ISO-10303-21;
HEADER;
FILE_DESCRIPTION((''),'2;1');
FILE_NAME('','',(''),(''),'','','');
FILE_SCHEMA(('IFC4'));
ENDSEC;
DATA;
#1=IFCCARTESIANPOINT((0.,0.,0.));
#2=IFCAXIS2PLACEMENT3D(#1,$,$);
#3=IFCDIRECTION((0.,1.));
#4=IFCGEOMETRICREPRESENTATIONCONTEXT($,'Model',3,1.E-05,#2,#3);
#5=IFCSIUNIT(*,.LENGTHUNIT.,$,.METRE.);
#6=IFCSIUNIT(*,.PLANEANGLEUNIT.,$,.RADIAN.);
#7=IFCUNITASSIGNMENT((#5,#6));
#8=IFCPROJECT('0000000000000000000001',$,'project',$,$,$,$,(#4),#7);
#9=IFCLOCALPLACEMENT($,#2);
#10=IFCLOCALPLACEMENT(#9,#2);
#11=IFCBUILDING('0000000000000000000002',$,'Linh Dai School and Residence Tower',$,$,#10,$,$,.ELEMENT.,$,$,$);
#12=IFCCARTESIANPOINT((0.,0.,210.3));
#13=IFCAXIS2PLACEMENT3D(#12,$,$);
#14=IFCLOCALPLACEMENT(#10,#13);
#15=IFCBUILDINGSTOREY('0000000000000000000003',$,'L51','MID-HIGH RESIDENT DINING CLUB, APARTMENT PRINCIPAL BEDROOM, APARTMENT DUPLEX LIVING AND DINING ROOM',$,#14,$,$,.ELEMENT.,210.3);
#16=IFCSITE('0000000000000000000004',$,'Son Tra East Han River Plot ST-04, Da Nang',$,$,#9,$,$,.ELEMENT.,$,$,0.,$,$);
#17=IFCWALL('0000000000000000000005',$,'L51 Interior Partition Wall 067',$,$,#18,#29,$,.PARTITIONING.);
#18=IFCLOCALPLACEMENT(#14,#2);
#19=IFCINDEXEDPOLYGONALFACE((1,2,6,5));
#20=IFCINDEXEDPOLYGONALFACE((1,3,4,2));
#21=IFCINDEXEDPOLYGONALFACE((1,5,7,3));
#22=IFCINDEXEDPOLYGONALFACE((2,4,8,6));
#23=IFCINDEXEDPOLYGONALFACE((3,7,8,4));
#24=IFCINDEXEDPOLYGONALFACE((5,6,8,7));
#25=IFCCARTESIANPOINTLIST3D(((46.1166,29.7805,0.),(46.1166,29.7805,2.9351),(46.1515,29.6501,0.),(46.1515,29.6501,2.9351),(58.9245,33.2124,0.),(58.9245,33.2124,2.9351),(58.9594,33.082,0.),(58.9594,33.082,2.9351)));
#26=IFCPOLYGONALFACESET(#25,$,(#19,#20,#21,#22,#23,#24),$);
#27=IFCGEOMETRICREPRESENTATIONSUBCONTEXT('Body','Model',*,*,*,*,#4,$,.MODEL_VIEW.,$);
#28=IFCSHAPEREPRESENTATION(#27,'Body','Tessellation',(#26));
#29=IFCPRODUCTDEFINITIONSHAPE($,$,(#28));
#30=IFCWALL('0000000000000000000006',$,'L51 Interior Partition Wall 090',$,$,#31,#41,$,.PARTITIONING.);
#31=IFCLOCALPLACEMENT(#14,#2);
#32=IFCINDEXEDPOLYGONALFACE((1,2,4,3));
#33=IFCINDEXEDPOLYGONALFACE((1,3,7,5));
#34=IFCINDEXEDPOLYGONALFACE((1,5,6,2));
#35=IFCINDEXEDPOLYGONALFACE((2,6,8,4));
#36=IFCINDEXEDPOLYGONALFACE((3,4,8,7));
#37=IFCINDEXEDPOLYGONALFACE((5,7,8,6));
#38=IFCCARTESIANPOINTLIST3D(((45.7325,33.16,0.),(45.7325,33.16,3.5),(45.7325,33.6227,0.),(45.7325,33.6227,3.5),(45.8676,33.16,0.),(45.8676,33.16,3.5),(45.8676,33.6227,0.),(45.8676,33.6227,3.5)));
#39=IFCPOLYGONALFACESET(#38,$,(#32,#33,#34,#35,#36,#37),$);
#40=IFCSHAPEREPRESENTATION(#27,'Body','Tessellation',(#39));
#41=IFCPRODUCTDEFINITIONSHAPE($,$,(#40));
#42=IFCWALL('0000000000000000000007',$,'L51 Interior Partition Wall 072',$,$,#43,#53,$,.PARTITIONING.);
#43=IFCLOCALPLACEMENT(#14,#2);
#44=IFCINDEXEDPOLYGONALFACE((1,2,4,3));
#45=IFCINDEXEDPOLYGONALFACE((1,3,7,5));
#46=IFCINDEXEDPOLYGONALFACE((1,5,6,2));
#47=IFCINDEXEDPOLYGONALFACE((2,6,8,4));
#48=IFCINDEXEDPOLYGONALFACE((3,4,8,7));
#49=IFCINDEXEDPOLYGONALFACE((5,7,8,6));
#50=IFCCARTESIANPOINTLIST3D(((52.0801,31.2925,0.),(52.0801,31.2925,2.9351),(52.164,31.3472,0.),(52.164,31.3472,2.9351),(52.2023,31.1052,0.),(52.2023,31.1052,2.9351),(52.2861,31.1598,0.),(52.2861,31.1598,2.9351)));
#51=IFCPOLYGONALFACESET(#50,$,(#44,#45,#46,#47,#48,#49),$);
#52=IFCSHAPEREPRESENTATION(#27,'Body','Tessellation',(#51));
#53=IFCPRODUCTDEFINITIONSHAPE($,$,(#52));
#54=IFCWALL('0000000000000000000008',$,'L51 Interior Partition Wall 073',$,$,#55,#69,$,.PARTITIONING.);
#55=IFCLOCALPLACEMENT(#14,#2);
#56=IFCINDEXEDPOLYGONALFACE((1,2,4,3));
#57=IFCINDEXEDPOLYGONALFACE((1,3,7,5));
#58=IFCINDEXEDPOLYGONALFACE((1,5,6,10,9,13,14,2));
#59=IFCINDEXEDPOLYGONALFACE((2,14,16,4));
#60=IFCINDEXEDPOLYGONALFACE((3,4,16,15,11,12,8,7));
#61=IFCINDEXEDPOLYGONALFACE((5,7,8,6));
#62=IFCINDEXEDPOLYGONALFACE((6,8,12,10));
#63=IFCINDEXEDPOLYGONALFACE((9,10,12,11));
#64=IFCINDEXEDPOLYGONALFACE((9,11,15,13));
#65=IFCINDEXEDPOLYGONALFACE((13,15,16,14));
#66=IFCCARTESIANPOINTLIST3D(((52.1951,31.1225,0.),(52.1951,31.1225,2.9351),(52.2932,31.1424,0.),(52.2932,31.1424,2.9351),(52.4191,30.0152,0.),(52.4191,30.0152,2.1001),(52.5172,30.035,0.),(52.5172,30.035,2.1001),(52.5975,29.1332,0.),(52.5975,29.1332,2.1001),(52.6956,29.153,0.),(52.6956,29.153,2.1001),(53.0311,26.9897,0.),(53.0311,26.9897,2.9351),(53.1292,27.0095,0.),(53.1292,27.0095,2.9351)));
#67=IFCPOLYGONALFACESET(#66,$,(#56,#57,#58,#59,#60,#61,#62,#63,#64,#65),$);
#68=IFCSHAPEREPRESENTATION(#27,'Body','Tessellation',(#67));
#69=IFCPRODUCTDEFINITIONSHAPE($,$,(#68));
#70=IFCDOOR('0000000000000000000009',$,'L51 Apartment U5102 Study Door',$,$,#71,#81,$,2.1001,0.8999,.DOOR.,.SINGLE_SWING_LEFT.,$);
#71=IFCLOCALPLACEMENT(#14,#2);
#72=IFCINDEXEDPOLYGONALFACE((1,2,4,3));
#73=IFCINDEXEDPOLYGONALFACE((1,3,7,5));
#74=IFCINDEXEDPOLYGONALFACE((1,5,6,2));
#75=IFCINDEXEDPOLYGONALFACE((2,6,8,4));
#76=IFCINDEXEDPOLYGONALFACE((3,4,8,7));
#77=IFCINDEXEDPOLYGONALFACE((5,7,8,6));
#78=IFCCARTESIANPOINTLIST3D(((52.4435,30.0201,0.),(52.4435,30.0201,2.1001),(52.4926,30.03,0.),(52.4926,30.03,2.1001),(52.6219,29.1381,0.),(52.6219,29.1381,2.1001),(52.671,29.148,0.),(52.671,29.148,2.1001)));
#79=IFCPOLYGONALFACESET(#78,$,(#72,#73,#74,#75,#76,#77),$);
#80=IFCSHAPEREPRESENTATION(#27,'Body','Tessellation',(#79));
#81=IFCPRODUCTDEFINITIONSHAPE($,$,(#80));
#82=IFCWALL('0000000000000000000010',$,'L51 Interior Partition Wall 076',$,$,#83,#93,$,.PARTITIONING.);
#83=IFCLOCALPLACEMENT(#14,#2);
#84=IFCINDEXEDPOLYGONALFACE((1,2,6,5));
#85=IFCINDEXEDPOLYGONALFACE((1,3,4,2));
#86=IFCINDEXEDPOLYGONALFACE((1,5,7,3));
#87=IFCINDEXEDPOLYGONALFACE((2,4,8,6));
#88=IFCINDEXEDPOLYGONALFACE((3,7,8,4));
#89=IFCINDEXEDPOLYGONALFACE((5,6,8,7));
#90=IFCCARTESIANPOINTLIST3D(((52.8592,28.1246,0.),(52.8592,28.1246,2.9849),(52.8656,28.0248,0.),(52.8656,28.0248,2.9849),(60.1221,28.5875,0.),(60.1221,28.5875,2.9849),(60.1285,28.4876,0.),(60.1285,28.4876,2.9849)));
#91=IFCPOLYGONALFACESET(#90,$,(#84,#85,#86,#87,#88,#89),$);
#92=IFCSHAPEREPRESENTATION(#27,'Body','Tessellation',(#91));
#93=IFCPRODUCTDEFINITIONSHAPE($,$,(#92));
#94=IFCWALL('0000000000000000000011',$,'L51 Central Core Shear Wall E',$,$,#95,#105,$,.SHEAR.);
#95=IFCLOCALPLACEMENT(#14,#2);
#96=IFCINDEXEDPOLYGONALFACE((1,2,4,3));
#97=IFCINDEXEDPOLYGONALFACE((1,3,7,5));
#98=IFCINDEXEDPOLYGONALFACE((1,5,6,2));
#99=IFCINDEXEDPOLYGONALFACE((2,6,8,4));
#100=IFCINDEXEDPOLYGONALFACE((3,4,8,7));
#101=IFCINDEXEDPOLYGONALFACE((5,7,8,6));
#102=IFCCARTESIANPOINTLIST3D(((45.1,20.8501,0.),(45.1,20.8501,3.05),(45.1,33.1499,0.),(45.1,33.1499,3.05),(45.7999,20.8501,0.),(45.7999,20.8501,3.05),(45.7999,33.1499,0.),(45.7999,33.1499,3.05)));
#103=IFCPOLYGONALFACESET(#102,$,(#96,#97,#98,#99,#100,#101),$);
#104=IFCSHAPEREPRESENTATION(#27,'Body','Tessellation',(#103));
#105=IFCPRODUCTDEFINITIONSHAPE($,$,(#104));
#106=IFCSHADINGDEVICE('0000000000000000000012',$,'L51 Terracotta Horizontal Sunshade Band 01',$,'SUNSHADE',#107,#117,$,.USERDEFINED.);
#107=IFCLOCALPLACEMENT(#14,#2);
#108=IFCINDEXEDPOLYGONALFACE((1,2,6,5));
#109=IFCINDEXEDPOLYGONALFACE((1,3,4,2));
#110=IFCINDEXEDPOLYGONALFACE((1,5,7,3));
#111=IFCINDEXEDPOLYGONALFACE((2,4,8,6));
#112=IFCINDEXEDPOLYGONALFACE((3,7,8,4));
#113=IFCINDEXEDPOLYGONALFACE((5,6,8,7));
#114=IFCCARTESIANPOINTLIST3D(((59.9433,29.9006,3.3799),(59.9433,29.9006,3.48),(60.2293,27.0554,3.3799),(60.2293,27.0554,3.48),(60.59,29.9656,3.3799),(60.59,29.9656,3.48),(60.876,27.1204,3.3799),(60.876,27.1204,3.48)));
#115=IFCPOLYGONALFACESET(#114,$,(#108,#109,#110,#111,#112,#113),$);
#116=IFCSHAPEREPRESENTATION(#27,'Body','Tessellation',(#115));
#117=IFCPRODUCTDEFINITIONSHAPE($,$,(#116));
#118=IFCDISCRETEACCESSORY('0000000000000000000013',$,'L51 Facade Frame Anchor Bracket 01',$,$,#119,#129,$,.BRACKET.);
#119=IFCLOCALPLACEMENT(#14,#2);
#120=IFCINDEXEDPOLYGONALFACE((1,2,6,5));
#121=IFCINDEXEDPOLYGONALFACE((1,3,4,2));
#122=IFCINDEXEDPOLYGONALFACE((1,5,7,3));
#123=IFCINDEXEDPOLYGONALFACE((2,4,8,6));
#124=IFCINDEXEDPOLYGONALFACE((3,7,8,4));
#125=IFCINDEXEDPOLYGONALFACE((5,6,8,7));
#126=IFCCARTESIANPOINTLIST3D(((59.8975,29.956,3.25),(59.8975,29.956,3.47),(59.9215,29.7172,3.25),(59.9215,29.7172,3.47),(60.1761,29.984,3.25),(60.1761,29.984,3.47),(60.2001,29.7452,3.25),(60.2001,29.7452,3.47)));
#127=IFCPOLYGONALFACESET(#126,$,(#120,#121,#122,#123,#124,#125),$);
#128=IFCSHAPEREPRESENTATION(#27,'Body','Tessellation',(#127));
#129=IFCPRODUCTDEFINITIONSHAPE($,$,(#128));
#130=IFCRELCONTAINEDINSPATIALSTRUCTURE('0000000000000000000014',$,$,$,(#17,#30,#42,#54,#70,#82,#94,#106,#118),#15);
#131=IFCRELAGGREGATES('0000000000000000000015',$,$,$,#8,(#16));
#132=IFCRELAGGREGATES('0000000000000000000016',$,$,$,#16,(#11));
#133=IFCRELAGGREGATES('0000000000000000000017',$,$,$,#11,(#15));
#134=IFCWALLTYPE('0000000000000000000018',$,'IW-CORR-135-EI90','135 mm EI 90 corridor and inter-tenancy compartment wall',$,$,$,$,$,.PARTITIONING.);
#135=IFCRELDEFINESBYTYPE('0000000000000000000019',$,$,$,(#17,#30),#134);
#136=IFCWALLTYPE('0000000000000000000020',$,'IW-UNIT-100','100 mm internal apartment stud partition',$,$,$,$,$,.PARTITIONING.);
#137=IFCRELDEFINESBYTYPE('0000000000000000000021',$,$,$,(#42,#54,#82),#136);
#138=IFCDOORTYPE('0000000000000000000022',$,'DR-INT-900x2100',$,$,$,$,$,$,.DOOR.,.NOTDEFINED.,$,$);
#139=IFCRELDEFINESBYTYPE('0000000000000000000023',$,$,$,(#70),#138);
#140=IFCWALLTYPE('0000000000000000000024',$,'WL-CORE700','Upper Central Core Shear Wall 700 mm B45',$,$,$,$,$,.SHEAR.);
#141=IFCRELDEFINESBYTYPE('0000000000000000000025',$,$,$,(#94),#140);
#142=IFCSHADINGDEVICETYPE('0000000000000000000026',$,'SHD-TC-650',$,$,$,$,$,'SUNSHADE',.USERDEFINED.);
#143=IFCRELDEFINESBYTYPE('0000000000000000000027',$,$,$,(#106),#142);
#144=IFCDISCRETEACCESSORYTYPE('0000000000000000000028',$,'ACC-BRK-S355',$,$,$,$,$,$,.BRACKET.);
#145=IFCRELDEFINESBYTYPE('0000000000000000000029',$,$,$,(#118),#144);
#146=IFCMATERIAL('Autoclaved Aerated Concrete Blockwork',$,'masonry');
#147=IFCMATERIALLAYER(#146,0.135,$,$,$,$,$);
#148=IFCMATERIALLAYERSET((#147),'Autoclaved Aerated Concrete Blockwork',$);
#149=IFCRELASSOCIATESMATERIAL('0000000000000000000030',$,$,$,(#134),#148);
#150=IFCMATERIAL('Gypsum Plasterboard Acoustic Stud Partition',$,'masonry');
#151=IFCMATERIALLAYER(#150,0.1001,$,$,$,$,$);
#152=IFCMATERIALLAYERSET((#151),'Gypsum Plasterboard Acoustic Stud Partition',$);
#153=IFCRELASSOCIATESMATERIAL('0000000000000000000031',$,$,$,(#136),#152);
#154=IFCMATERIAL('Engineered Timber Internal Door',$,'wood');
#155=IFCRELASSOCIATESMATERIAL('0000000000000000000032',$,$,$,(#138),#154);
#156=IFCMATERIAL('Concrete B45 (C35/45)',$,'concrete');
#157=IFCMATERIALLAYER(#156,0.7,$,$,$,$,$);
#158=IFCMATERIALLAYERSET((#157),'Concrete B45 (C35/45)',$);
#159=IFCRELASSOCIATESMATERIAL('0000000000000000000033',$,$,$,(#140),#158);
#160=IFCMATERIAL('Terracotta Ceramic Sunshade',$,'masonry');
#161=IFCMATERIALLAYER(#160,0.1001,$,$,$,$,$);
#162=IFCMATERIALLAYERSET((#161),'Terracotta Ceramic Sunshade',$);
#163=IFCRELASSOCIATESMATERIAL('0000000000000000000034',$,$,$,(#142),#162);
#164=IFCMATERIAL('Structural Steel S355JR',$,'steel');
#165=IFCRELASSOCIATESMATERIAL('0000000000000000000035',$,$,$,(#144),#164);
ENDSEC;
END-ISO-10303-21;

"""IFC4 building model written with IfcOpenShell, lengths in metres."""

from ifc_helpers import new_model, si_unit, direction, frame, frame_2d, origin, origin_2d, place, context, subcontext, project, spatial, rectangle, extrude, source, transform, mapped, material, layer, layer_set, type_object, element, fill, save


model = new_model("IFC4")

# Units and contexts
model_context = context("Model", 3, precision=1e-05, world=origin(), true_north=direction((0.0, 1.0)))
body_context = subcontext(model_context, "Body", "Model", "MODEL_VIEW")
ifc_project = project(units=[si_unit("LENGTHUNIT", "METRE"), si_unit("PLANEANGLEUNIT", "RADIAN")], contexts=[model_context])

# Site, building, storey
site_placement = place(None, origin())
site = spatial("IfcSite", under=ifc_project, at=site_placement, Name="Son Tra East Han River Plot ST-04, Da Nang", CompositionType="ELEMENT", RefElevation=0.0)
building_placement = place(site_placement, origin())
building = spatial("IfcBuilding", under=site, at=building_placement, Name="Linh Dai School and Residence Tower", CompositionType="ELEMENT")
storey_placement = place(building_placement, frame((0.0, 0.0, 210.3)))
storey = spatial("IfcBuildingStorey", under=building, at=storey_placement, Name="L51", Description="MID-HIGH RESIDENT DINING CLUB, APARTMENT PRINCIPAL BEDROOM, APARTMENT DUPLEX LIVING AND DINING ROOM", CompositionType="ELEMENT", Elevation=210.3)

# Shared definitions
ifc_material_1 = material(Name="Concrete B45 (C35/45)", Category="concrete")
ifc_material_2 = material(Name="Structural Steel S355JR", Category="steel")

# Walls
ifc_material_3 = material(Name="Autoclaved Aerated Concrete Blockwork", Category="masonry")
ifc_layer_1 = layer(ifc_material_3, 0.135)
ifc_layer_set_1 = layer_set([ifc_layer_1], Name="Autoclaved Aerated Concrete Blockwork")
wall_type_1 = type_object("IfcWallType", Name="IW-CORR-135-EI90", Description="135 mm EI 90 corridor and inter-tenancy compartment wall", PredefinedType="PARTITIONING", material=ifc_layer_set_1)
wall_1_placement = place(storey_placement, frame((46.134, 29.7153, 0.0), z_axis=(0.0, 0.0, 1.0), x_axis=(0.965925, 0.258821, 0.0)))
element("IfcWall", 1, at=wall_1_placement, inside=storey, type_object=wall_type_1, Name="L51 Interior Partition Wall 067", PredefinedType="PARTITIONING", context=body_context, shape_type="SweptSolid", body=[
    extrude(rectangle(XDim=13.2598, YDim=0.135, at=frame_2d((6.6299, 0.0))), origin(), (0.0, 0.0, 1.0), 2.9351),
])
wall_2_placement = place(storey_placement, frame((45.8, 33.1599, 0.0), z_axis=(0.0, 0.0, 1.0), x_axis=(0.0, 1.0, 0.0)))
element("IfcWall", 2, at=wall_2_placement, inside=storey, type_object=wall_type_1, Name="L51 Interior Partition Wall 090", PredefinedType="PARTITIONING", context=body_context, shape_type="SweptSolid", body=[
    extrude(rectangle(XDim=0.4626, YDim=0.135, at=frame_2d((0.2314, 0.0))), origin(), (0.0, 0.0, 1.0), 3.5),
])
ifc_material_4 = material(Name="Gypsum Plasterboard Acoustic Stud Partition", Category="masonry")
ifc_layer_2 = layer(ifc_material_4, 0.1001)
ifc_layer_set_2 = layer_set([ifc_layer_2], Name="Gypsum Plasterboard Acoustic Stud Partition")
wall_type_2 = type_object("IfcWallType", Name="IW-UNIT-100", Description="100 mm internal apartment stud partition", PredefinedType="PARTITIONING", material=ifc_layer_set_2)
wall_3_placement = place(storey_placement, frame((52.1221, 31.3198, 0.0), z_axis=(0.0, 0.0, 1.0), x_axis=(0.546101, -0.837719, 0.0)))
element("IfcWall", 3, at=wall_3_placement, inside=storey, type_object=wall_type_2, Name="L51 Interior Partition Wall 072", PredefinedType="PARTITIONING", context=body_context, shape_type="SweptSolid", body=[
    extrude(rectangle(XDim=0.2236, YDim=0.1001, at=frame_2d((0.1118, 0.0))), origin(), (0.0, 0.0, 1.0), 2.9351),
])

# Wall, opening, door
wall_4_placement = place(storey_placement, frame((52.2441, 31.1326, 0.0), z_axis=(0.0, 0.0, 1.0), x_axis=(0.198254, -0.980151, 0.0)))
wall_4 = element("IfcWall", 4, at=wall_4_placement, inside=storey, type_object=wall_type_2, Name="L51 Interior Partition Wall 073", PredefinedType="PARTITIONING", context=body_context, shape_type="SweptSolid", body=[
    extrude(rectangle(XDim=4.2166, YDim=0.1001, at=frame_2d((2.1084, 0.0))), origin(), (0.0, 0.0, 1.0), 2.9351),
])
opening_placement = place(wall_4_placement, frame((1.1299, 0.0, 0.0)))
opening = element("IfcOpeningElement", 5, at=opening_placement, cuts=wall_4, PredefinedType="OPENING", context=body_context, shape_type="SweptSolid", body=[
    extrude(rectangle(XDim=0.8999, YDim=2.1001, at=origin_2d()), frame((0.45, 0.0601, 1.05), z_axis=(0.0, -1.0, 0.0), x_axis=(1.0, 0.0, 0.0)), (0.0, 0.0, 1.0), 0.1201),
])
ifc_material_5 = material(Name="Engineered Timber Internal Door", Category="wood")
door_type = type_object("IfcDoorType", Name="DR-INT-900x2100", OperationType="NOTDEFINED", PredefinedType="DOOR", material=ifc_material_5)
shared_shape_1 = source(origin(), body_context, "Body", "SweptSolid", [
    extrude(rectangle(XDim=0.8999, YDim=2.1001, at=origin_2d()), frame((0.45, 0.0249, 1.05), z_axis=(0.0, -1.0, 0.0), x_axis=(1.0, 0.0, 0.0)), (0.0, 0.0, 1.0), 0.05),
])
door_placement = place(opening_placement, origin())
door = element("IfcDoor", 6, at=door_placement, inside=storey, type_object=door_type, Name="L51 Apartment U5102 Study Door", OperationType="SINGLE_SWING_LEFT", OverallHeight=2.1001, OverallWidth=0.8999, PredefinedType="DOOR", context=body_context, shape_type="MappedRepresentation", body=[
    mapped(shared_shape_1, transform((0.0, 0.0, 0.0), x_axis=(1.0, 0.0, 0.0), y_axis=(0.0, 1.0, 0.0), z_axis=(0.0, 0.0, 1.0), scale=1.0)),
])
fill(opening, door)

# Walls
wall_5_placement = place(storey_placement, frame((52.8625, 28.0747, 0.0), z_axis=(0.0, 0.0, 1.0), x_axis=(0.997975, 0.063604, 0.0)))
element("IfcWall", 7, at=wall_5_placement, inside=storey, type_object=wall_type_2, Name="L51 Interior Partition Wall 076", PredefinedType="PARTITIONING", context=body_context, shape_type="SweptSolid", body=[
    extrude(rectangle(XDim=7.2776, YDim=0.1001, at=frame_2d((3.6387, 0.0))), origin(), (0.0, 0.0, 1.0), 2.9849),
])
ifc_layer_3 = layer(ifc_material_1, 0.7)
ifc_layer_set_3 = layer_set([ifc_layer_3], Name="Concrete B45 (C35/45)")
wall_type_3 = type_object("IfcWallType", Name="WL-CORE700", Description="Upper Central Core Shear Wall 700 mm B45", PredefinedType="SHEAR", material=ifc_layer_set_3)
wall_6_placement = place(storey_placement, frame((45.45, 33.1499, 0.0), z_axis=(0.0, 0.0, 1.0), x_axis=(0.0, -1.0, 0.0)))
element("IfcWall", 8, at=wall_6_placement, inside=storey, type_object=wall_type_3, Name="L51 Central Core Shear Wall E", PredefinedType="SHEAR", context=body_context, shape_type="SweptSolid", body=[
    extrude(rectangle(XDim=12.2998, YDim=0.7, at=frame_2d((6.1499, 0.0))), origin(), (0.0, 0.0, 1.0), 3.05),
])

# Shading device
ifc_material_6 = material(Name="Terracotta Ceramic Sunshade", Category="masonry")
ifc_layer_4 = layer(ifc_material_6, 0.1001)
ifc_layer_set_4 = layer_set([ifc_layer_4], Name="Terracotta Ceramic Sunshade")
shading_device_type = type_object("IfcShadingDeviceType", Name="SHD-TC-650", ElementType="SUNSHADE", PredefinedType="USERDEFINED", material=ifc_layer_set_4)
shared_shape_2 = source(origin(), body_context, "Body", "SweptSolid", [
    extrude(rectangle(XDim=2.8596, YDim=0.6499, at=origin_2d()), origin(), (0.0, 0.0, 1.0), 0.1001),
])
shading_device_placement = place(storey_placement, frame((60.4097, 28.5105, 3.3799), z_axis=(0.0, 0.0, 1.0), x_axis=(0.100012, -0.994986, 0.0)))
element("IfcShadingDevice", 9, at=shading_device_placement, inside=storey, type_object=shading_device_type, Name="L51 Terracotta Horizontal Sunshade Band 01", ObjectType="SUNSHADE", PredefinedType="USERDEFINED", context=body_context, shape_type="MappedRepresentation", body=[
    mapped(shared_shape_2, transform((0.0, 0.0, 0.0), x_axis=(1.0, 0.0, 0.0), y_axis=(0.0, 1.0, 0.0), z_axis=(0.0, 0.0, 1.0), scale=1.0)),
])

# Discrete accessory
discrete_accessory_type = type_object("IfcDiscreteAccessoryType", Name="ACC-BRK-S355", PredefinedType="BRACKET", material=ifc_material_2)
shared_shape_3 = source(origin(), body_context, "Body", "SweptSolid", [
    extrude(rectangle(XDim=0.28, YDim=0.24, at=origin_2d()), origin(), (0.0, 0.0, 1.0), 0.22),
])
discrete_accessory_placement = place(storey_placement, frame((60.0488, 29.8506, 3.25), z_axis=(0.0, 0.0, 1.0), x_axis=(0.994986, 0.100012, 0.0)))
element("IfcDiscreteAccessory", 10, at=discrete_accessory_placement, inside=storey, type_object=discrete_accessory_type, Name="L51 Facade Frame Anchor Bracket 01", PredefinedType="BRACKET", context=body_context, shape_type="MappedRepresentation", body=[
    mapped(shared_shape_3, transform((0.0, 0.0, 0.0), x_axis=(1.0, 0.0, 0.0), y_axis=(0.0, 1.0, 0.0), z_axis=(0.0, 0.0, 1.0), scale=1.0)),
])

save(model, "model.ifc")
